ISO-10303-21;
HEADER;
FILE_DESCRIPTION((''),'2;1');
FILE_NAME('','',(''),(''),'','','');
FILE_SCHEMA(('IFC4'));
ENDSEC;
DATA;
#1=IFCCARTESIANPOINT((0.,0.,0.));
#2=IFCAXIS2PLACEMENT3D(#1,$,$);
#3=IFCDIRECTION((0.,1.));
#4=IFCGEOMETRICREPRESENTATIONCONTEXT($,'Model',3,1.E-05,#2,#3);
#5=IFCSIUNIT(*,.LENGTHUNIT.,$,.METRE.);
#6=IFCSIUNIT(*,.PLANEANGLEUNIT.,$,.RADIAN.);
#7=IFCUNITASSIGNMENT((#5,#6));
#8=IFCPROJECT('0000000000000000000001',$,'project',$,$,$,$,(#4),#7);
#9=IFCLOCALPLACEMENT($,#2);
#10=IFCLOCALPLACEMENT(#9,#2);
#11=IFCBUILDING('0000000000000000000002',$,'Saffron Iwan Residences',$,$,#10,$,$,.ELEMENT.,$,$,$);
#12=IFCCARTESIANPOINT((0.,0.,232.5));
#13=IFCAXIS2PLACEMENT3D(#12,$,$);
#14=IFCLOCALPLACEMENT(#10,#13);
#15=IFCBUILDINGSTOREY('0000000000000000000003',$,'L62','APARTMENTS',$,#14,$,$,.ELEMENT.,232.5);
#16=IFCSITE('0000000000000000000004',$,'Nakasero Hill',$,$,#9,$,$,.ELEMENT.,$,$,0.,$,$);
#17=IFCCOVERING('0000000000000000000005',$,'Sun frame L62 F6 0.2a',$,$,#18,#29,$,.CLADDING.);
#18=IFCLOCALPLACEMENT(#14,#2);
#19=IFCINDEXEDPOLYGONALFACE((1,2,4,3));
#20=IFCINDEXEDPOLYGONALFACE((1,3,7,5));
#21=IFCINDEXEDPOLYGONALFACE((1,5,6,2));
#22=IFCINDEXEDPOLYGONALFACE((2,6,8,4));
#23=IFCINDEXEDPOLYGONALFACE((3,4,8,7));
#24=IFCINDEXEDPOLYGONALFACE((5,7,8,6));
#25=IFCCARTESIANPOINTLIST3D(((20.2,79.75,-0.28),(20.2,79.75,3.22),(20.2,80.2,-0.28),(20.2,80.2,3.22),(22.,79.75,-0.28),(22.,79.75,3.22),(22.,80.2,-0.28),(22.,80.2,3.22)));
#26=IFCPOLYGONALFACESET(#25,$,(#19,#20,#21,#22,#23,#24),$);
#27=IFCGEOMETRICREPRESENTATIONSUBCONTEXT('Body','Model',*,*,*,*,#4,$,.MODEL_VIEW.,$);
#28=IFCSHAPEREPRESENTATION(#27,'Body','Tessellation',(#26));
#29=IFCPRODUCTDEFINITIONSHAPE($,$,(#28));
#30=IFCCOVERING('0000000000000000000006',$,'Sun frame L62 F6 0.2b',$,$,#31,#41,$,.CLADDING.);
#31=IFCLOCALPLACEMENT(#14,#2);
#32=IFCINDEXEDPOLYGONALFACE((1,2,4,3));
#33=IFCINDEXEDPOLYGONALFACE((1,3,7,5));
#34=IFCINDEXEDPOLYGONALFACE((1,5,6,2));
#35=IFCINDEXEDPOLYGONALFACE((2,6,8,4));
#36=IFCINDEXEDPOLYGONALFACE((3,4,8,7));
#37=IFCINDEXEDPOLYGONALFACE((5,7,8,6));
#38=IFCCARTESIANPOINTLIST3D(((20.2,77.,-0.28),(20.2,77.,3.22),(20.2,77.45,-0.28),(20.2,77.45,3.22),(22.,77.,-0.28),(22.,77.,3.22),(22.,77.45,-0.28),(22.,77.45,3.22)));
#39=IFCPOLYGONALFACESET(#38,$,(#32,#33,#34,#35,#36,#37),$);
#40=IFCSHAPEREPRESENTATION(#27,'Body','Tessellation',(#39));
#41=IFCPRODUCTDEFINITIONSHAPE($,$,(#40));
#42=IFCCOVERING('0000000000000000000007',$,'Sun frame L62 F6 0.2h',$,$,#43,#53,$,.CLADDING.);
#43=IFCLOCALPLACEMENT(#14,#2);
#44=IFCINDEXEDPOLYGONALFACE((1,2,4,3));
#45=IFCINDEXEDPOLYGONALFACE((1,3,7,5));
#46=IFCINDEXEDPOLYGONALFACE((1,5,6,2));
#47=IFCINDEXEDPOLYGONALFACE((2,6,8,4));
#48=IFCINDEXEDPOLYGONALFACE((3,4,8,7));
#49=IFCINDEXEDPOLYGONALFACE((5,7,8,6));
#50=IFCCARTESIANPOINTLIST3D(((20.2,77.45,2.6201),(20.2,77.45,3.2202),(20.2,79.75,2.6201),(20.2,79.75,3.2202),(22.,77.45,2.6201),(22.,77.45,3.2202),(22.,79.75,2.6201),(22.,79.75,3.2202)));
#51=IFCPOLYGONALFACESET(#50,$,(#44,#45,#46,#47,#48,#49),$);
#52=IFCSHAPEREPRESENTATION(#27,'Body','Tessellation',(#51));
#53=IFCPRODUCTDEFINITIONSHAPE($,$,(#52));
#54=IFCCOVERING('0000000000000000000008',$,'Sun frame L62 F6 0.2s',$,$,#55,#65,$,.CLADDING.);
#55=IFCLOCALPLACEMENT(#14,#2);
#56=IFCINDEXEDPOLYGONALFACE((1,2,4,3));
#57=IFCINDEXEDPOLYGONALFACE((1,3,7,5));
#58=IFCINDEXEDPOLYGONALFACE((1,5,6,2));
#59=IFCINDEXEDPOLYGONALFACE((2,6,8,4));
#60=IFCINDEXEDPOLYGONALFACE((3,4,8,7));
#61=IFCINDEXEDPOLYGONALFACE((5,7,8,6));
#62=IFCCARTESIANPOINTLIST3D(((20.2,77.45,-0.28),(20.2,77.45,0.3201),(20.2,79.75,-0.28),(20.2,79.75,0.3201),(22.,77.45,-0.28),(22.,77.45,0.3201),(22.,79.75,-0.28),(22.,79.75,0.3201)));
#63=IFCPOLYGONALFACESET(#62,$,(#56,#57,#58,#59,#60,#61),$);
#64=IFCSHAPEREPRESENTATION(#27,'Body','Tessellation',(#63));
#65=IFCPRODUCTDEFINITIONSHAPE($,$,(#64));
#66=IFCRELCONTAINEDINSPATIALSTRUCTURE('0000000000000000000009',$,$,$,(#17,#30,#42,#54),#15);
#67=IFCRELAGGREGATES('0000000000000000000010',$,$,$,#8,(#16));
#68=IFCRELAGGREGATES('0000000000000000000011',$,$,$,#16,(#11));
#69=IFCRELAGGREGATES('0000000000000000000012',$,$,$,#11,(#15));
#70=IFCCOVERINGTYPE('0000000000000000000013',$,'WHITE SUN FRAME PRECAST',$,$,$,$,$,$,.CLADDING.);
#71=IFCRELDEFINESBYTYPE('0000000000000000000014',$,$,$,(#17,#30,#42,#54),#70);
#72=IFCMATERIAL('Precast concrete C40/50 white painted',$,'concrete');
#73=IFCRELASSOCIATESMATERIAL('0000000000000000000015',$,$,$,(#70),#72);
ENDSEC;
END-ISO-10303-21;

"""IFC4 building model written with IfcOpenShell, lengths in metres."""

from ifc_helpers import new_model, si_unit, direction, frame, origin, place, context, subcontext, project, spatial, polyline, outline, extrude, material, type_object, element, save


model = new_model("IFC4")

# Units and contexts
model_context = context("Model", 3, precision=1e-05, world=origin(), true_north=direction((0.0, 1.0)))
body_context = subcontext(model_context, "Body", "Model", "MODEL_VIEW")
ifc_project = project(units=[si_unit("LENGTHUNIT", "METRE"), si_unit("PLANEANGLEUNIT", "RADIAN")], contexts=[model_context])

# Site, building, storey
site_placement = place(None, origin())
site = spatial("IfcSite", under=ifc_project, at=site_placement, Name="Nakasero Hill", CompositionType="ELEMENT", RefElevation=0.0)
building_placement = place(site_placement, origin())
building = spatial("IfcBuilding", under=site, at=building_placement, Name="Saffron Iwan Residences", CompositionType="ELEMENT")
storey_placement = place(building_placement, frame((0.0, 0.0, 232.5)))
storey = spatial("IfcBuildingStorey", under=building, at=storey_placement, Name="L62", Description="APARTMENTS", CompositionType="ELEMENT", Elevation=232.5)

# Coverings
ifc_material_1 = material(Name="Precast concrete C40/50 white painted", Category="concrete")
covering_type_1 = type_object("IfcCoveringType", Name="WHITE SUN FRAME PRECAST", PredefinedType="CLADDING", material=ifc_material_1)
for number, where, z_axis, x_axis, name in (
    (1, (22.0, 80.2, -0.28), (-1.0, 0.0, 0.0), (0.0, -1.0, 0.0), "Sun frame L62 F6 0.2a"),
    (2, (22.0, 77.45, -0.28), (-1.0, 0.0, 0.0), (0.0, -1.0, 0.0), "Sun frame L62 F6 0.2b"),
):
    element("IfcCovering", number, at=place(storey_placement, frame(where, z_axis=z_axis, x_axis=x_axis)), inside=storey, type_object=covering_type_1, Name=name, PredefinedType="CLADDING", context=body_context, shape_type="SweptSolid", body=[
        extrude(outline(polyline([(0.0, 0.0), (0.45, 0.0), (0.45, 3.5), (0.0, 3.5), (0.0, 0.0)])), origin(), (0.0, 0.0, 1.0), 1.8),
    ])
for number, where, z_axis, x_axis, name in (
    (3, (22.0, 79.75, 2.6201), (-1.0, 0.0, 0.0), (0.0, -1.0, 0.0), "Sun frame L62 F6 0.2h"),
    (4, (22.0, 79.75, -0.28), (-1.0, 0.0, 0.0), (0.0, -1.0, 0.0), "Sun frame L62 F6 0.2s"),
):
    element("IfcCovering", number, at=place(storey_placement, frame(where, z_axis=z_axis, x_axis=x_axis)), inside=storey, type_object=covering_type_1, Name=name, PredefinedType="CLADDING", context=body_context, shape_type="SweptSolid", body=[
        extrude(outline(polyline([(0.0, 0.0), (2.3, 0.0), (2.3, 0.6001), (0.0, 0.6001), (0.0, 0.0)])), origin(), (0.0, 0.0, 1.0), 1.8),
    ])

save(model, "model.ifc")
